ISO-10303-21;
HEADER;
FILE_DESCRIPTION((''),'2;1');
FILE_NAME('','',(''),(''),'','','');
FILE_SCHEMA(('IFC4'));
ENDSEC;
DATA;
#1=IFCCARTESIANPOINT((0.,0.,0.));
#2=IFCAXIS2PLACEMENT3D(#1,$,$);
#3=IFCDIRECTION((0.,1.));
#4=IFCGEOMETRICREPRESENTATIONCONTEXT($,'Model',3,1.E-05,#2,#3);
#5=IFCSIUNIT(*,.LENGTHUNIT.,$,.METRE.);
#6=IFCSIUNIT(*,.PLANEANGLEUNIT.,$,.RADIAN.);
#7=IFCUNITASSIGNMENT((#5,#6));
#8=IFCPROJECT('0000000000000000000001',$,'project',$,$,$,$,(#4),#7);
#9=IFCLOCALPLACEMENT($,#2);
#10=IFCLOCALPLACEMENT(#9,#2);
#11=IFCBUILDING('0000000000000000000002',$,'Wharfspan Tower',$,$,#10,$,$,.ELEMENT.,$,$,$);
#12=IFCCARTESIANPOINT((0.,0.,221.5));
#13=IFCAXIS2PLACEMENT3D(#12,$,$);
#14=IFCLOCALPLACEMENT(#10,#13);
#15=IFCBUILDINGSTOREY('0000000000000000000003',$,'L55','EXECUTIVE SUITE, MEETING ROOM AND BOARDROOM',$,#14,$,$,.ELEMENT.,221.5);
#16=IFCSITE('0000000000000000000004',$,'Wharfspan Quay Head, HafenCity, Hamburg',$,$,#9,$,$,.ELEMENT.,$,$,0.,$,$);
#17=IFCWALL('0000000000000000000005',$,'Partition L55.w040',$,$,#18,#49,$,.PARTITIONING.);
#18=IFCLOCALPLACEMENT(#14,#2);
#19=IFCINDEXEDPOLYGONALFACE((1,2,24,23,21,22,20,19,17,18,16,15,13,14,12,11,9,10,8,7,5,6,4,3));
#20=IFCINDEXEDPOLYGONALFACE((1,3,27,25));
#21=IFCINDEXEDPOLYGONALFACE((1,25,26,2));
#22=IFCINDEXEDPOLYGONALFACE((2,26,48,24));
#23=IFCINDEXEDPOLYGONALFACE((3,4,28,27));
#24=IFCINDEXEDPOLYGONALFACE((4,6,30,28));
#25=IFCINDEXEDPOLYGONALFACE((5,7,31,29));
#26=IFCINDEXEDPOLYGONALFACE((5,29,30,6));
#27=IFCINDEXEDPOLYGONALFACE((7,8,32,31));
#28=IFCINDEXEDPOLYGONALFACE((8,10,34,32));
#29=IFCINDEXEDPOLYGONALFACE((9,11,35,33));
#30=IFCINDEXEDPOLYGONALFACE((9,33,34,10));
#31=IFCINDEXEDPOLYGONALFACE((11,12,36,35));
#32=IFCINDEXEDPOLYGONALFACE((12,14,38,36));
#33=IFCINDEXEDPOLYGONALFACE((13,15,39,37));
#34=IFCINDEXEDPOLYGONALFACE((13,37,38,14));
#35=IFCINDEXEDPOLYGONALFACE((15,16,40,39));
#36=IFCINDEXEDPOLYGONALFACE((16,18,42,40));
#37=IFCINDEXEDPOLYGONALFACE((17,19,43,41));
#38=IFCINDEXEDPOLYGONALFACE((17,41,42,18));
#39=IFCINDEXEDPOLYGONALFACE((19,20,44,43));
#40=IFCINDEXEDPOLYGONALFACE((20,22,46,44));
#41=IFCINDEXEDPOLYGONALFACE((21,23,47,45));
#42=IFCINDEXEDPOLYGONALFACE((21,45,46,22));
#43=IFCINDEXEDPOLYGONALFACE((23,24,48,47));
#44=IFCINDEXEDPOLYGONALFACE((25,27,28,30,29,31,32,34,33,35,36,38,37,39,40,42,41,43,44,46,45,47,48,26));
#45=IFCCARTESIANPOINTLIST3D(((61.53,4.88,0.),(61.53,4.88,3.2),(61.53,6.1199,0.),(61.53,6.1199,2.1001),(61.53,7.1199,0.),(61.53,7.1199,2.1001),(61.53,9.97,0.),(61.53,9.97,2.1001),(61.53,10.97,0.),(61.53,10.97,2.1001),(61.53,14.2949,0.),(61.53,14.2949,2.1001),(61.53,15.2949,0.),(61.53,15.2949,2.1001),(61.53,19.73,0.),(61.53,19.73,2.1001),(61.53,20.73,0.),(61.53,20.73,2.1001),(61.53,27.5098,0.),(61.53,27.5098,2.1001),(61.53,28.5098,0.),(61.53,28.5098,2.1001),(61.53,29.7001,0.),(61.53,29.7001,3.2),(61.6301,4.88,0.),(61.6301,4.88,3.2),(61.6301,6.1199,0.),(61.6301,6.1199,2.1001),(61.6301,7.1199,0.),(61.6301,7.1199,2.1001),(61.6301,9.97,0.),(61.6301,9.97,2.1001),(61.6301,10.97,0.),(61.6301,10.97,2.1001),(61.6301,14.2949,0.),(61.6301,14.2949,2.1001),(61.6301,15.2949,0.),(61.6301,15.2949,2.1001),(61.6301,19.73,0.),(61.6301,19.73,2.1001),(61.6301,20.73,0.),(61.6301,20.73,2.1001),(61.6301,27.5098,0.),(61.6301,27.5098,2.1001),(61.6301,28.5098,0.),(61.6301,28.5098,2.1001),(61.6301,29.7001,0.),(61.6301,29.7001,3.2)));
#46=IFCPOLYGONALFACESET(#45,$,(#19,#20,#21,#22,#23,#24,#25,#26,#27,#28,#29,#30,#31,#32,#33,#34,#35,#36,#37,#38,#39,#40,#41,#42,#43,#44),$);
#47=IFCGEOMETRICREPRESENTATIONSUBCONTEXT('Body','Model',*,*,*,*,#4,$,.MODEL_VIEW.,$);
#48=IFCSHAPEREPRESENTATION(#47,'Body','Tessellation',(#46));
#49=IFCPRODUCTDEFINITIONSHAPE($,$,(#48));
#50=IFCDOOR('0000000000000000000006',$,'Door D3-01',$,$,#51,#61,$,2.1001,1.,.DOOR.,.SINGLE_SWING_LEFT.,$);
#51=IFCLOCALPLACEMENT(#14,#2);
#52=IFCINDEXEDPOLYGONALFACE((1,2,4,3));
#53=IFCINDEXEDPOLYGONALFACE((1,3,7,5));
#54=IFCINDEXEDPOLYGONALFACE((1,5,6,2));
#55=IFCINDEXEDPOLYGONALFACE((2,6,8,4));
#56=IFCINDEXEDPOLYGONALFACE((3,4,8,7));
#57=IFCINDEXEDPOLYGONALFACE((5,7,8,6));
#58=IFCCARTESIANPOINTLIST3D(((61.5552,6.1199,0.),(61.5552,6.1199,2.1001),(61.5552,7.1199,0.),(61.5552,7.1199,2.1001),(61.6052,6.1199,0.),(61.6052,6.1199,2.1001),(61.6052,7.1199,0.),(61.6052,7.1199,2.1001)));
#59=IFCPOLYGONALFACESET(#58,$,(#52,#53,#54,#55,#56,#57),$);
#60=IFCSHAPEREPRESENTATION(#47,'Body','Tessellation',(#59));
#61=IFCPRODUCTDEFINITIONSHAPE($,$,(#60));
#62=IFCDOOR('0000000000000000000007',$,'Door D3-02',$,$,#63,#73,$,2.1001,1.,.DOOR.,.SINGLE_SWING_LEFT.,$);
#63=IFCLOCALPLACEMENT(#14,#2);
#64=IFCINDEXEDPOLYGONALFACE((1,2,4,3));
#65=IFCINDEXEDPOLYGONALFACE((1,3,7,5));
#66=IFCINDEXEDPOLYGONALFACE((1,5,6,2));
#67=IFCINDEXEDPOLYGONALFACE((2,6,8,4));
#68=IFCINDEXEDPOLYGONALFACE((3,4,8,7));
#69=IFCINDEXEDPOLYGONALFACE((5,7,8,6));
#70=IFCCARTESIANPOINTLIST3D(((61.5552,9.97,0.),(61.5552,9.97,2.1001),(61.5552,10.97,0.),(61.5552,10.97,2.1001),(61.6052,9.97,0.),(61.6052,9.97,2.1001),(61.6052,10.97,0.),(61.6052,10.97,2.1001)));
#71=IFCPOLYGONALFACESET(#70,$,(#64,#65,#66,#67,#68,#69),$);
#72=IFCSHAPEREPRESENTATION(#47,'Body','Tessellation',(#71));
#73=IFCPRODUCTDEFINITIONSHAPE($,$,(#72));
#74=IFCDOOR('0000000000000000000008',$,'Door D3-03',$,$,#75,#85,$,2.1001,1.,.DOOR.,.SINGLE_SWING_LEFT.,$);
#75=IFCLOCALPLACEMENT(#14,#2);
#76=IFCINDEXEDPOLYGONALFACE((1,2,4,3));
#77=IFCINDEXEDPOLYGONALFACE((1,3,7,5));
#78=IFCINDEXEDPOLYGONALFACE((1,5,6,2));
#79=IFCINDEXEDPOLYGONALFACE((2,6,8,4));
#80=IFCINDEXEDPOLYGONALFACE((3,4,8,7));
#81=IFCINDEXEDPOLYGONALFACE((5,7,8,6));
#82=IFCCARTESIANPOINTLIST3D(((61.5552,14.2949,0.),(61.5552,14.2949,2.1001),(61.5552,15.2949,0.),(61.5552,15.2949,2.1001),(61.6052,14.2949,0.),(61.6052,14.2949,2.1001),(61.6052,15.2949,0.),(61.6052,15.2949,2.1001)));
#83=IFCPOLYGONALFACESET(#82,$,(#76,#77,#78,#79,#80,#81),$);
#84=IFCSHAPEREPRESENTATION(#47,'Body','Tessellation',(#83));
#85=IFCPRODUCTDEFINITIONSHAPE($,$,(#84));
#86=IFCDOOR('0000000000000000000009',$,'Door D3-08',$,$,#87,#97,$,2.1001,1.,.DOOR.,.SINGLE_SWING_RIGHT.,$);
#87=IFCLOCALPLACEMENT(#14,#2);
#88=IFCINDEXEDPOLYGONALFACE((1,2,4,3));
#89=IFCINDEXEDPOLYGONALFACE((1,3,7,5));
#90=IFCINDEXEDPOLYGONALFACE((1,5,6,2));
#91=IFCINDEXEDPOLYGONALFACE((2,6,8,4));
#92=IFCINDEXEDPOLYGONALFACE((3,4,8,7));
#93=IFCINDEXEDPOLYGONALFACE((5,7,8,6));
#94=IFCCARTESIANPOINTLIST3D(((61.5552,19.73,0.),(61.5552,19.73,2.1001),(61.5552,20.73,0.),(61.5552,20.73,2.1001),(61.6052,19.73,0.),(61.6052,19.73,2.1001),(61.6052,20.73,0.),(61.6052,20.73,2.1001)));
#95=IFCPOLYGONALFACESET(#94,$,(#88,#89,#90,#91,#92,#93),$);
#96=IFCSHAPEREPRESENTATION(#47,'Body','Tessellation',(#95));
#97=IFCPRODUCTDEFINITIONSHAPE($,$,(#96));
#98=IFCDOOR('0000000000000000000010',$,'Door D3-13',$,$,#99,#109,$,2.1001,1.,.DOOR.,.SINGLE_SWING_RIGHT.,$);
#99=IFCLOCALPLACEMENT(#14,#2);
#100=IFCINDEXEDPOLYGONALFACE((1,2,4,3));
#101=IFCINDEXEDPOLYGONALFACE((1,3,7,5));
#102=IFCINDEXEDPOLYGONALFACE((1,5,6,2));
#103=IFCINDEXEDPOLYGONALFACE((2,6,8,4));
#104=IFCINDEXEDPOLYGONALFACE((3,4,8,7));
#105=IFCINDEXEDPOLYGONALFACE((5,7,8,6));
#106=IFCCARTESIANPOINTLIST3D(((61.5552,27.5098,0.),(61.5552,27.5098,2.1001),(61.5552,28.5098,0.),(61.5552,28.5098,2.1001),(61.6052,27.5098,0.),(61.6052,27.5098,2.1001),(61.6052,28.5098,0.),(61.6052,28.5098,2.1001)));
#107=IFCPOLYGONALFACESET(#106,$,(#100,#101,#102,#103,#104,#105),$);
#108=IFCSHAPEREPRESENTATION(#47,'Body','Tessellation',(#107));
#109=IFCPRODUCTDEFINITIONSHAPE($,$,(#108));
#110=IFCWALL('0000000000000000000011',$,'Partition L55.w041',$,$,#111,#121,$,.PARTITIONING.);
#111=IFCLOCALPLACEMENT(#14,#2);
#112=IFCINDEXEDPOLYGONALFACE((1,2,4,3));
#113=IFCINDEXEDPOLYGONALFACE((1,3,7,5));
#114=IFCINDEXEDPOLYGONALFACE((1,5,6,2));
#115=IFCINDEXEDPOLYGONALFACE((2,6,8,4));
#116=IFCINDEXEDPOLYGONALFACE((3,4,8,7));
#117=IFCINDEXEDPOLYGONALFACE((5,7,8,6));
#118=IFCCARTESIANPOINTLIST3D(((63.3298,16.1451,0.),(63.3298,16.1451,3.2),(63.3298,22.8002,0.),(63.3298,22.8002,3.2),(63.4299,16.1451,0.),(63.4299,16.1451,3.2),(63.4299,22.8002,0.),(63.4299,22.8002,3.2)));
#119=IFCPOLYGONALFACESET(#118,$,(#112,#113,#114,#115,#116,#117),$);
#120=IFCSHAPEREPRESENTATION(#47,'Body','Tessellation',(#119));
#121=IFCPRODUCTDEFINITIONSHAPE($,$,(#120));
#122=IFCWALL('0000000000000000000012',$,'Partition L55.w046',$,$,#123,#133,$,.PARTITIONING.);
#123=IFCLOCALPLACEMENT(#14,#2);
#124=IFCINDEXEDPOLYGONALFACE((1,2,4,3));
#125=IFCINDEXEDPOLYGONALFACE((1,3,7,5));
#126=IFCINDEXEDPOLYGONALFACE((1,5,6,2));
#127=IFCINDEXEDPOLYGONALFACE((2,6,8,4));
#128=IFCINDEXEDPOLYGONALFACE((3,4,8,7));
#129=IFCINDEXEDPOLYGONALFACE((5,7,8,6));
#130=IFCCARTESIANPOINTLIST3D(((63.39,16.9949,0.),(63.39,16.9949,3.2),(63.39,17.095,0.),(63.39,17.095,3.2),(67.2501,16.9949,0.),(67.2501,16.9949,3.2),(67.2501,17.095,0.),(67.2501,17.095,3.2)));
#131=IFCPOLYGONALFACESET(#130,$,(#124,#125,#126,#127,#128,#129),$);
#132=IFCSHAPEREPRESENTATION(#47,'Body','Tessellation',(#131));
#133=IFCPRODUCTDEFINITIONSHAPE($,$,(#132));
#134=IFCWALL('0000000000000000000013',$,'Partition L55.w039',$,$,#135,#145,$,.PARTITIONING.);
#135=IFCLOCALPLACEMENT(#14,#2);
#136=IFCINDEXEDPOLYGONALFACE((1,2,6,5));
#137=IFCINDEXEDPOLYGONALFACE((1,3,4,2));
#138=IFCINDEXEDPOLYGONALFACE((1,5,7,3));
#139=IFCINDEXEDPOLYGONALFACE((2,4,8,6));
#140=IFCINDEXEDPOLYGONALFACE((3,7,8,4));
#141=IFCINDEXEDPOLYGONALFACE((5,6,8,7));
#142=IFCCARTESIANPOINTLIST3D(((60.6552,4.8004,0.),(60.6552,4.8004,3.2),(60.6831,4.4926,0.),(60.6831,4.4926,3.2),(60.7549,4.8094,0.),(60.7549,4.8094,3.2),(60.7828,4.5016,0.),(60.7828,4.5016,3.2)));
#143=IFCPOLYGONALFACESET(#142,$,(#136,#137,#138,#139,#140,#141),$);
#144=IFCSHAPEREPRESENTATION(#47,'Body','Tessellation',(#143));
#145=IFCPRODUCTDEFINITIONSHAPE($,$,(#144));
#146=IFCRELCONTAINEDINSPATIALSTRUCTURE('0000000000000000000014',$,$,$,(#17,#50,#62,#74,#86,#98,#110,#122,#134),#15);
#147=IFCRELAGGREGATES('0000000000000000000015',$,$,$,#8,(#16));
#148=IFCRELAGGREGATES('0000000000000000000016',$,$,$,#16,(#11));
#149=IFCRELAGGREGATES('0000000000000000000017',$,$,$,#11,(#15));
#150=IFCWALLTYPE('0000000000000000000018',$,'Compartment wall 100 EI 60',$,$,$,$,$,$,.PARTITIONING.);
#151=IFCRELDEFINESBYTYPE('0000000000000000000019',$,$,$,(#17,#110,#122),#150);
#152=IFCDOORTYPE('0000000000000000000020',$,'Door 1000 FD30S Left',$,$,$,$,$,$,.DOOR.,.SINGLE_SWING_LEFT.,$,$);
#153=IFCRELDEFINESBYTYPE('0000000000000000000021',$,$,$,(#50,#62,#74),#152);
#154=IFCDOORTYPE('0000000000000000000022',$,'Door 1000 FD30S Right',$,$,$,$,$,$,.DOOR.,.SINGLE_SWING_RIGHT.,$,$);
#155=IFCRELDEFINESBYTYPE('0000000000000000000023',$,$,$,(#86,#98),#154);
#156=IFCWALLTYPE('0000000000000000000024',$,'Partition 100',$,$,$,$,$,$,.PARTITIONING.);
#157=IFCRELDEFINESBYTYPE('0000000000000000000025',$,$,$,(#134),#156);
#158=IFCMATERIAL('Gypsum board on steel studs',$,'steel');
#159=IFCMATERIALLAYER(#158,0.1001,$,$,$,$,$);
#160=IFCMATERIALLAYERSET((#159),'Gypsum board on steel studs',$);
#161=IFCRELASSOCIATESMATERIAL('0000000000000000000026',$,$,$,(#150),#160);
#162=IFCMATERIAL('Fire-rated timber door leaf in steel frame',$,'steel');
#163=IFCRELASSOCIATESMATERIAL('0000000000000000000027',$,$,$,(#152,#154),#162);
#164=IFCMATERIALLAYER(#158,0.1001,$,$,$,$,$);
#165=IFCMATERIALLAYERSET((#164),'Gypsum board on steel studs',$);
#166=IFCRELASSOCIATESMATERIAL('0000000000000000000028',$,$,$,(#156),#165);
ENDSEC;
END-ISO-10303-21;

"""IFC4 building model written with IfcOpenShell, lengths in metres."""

from ifc_helpers import new_model, si_unit, direction, frame, frame_2d, origin, place, context, subcontext, project, spatial, rectangle, extrude, material, layer, layer_set, type_object, element, fill, save


model = new_model("IFC4")

# Units and contexts
model_context = context("Model", 3, precision=1e-05, world=origin(), true_north=direction((0.0, 1.0)))
body_context = subcontext(model_context, "Body", "Model", "MODEL_VIEW")
ifc_project = project(units=[si_unit("LENGTHUNIT", "METRE"), si_unit("PLANEANGLEUNIT", "RADIAN")], contexts=[model_context])

# Site, building, storey
site_placement = place(None, origin())
site = spatial("IfcSite", under=ifc_project, at=site_placement, Name="Wharfspan Quay Head, HafenCity, Hamburg", CompositionType="ELEMENT", RefElevation=0.0)
building_placement = place(site_placement, origin())
building = spatial("IfcBuilding", under=site, at=building_placement, Name="Wharfspan Tower", CompositionType="ELEMENT")
storey_placement = place(building_placement, frame((0.0, 0.0, 221.5)))
storey = spatial("IfcBuildingStorey", under=building, at=storey_placement, Name="L55", Description="EXECUTIVE SUITE, MEETING ROOM AND BOARDROOM", CompositionType="ELEMENT", Elevation=221.5)

# Shared definitions
ifc_material_1 = material(Name="Gypsum board on steel studs", Category="steel")
ifc_layer_1 = layer(ifc_material_1, 0.1001)
ifc_layer_set_1 = layer_set([ifc_layer_1], Name="Gypsum board on steel studs")
wall_type_1 = type_object("IfcWallType", Name="Compartment wall 100 EI 60", PredefinedType="PARTITIONING", material=ifc_layer_set_1)

# Wall, openings, doors
wall_1_placement = place(storey_placement, frame((61.5801, 4.8799, 0.0), z_axis=(0.0, 0.0, 1.0), x_axis=(0.0, 1.0, 0.0)))
wall_1 = element("IfcWall", 1, at=wall_1_placement, inside=storey, type_object=wall_type_1, Name="Partition L55.w040", PredefinedType="PARTITIONING", context=body_context, shape_type="SweptSolid", body=[
    extrude(rectangle(XDim=24.8201, YDim=0.1001, at=frame_2d((12.4102, 0.0))), origin(), (0.0, 0.0, 1.0), 3.2),
])
opening_1_placement = place(wall_1_placement, frame((1.24, 0.0, 0.0)))
opening_1 = element("IfcOpeningElement", 2, at=opening_1_placement, cuts=wall_1, PredefinedType="OPENING", context=body_context, shape_type="SweptSolid", body=[
    extrude(rectangle(XDim=1.0, YDim=2.1001, at=frame_2d((0.5, 1.05))), frame((0.0, 0.0601, 0.0), z_axis=(0.0, -1.0, 0.0), x_axis=(1.0, 0.0, 0.0)), (0.0, 0.0, 1.0), 0.1201),
])
opening_2_placement = place(wall_1_placement, frame((5.0901, 0.0, 0.0)))
opening_2 = element("IfcOpeningElement", 3, at=opening_2_placement, cuts=wall_1, PredefinedType="OPENING", context=body_context, shape_type="SweptSolid", body=[
    extrude(rectangle(XDim=1.0, YDim=2.1001, at=frame_2d((0.5, 1.05))), frame((0.0, 0.0601, 0.0), z_axis=(0.0, -1.0, 0.0), x_axis=(1.0, 0.0, 0.0)), (0.0, 0.0, 1.0), 0.1201),
])
opening_3_placement = place(wall_1_placement, frame((9.415, 0.0, 0.0)))
opening_3 = element("IfcOpeningElement", 4, at=opening_3_placement, cuts=wall_1, PredefinedType="OPENING", context=body_context, shape_type="SweptSolid", body=[
    extrude(rectangle(XDim=1.0, YDim=2.1001, at=frame_2d((0.5, 1.05))), frame((0.0, 0.0601, 0.0), z_axis=(0.0, -1.0, 0.0), x_axis=(1.0, 0.0, 0.0)), (0.0, 0.0, 1.0), 0.1201),
])
opening_4_placement = place(wall_1_placement, frame((14.8501, 0.0, 0.0)))
opening_4 = element("IfcOpeningElement", 5, at=opening_4_placement, cuts=wall_1, PredefinedType="OPENING", context=body_context, shape_type="SweptSolid", body=[
    extrude(rectangle(XDim=1.0, YDim=2.1001, at=frame_2d((0.5, 1.05))), frame((0.0, 0.0601, 0.0), z_axis=(0.0, -1.0, 0.0), x_axis=(1.0, 0.0, 0.0)), (0.0, 0.0, 1.0), 0.1201),
])
opening_5_placement = place(wall_1_placement, frame((22.6299, 0.0, 0.0)))
opening_5 = element("IfcOpeningElement", 6, at=opening_5_placement, cuts=wall_1, PredefinedType="OPENING", context=body_context, shape_type="SweptSolid", body=[
    extrude(rectangle(XDim=1.0, YDim=2.1001, at=frame_2d((0.5, 1.05))), frame((0.0, 0.0601, 0.0), z_axis=(0.0, -1.0, 0.0), x_axis=(1.0, 0.0, 0.0)), (0.0, 0.0, 1.0), 0.1201),
])
ifc_material_2 = material(Name="Fire-rated timber door leaf in steel frame", Category="steel")
door_type_1 = type_object("IfcDoorType", Name="Door 1000 FD30S Left", OperationType="SINGLE_SWING_LEFT", PredefinedType="DOOR", material=ifc_material_2)
door_1_placement = place(opening_1_placement, origin())
door_1 = element("IfcDoor", 7, at=door_1_placement, inside=storey, type_object=door_type_1, Name="Door D3-01", OperationType="SINGLE_SWING_LEFT", OverallHeight=2.1001, OverallWidth=1.0, PredefinedType="DOOR", context=body_context, shape_type="SweptSolid", body=[
    extrude(rectangle(XDim=1.0, YDim=2.1001, at=frame_2d((0.5, 1.05))), frame((0.0, 0.0249, 0.0), z_axis=(0.0, -1.0, 0.0), x_axis=(1.0, 0.0, 0.0)), (0.0, 0.0, 1.0), 0.05),
])
fill(opening_1, door_1)
door_2_placement = place(opening_2_placement, origin())
door_2 = element("IfcDoor", 8, at=door_2_placement, inside=storey, type_object=door_type_1, Name="Door D3-02", OperationType="SINGLE_SWING_LEFT", OverallHeight=2.1001, OverallWidth=1.0, PredefinedType="DOOR", context=body_context, shape_type="SweptSolid", body=[
    extrude(rectangle(XDim=1.0, YDim=2.1001, at=frame_2d((0.5, 1.05))), frame((0.0, 0.0249, 0.0), z_axis=(0.0, -1.0, 0.0), x_axis=(1.0, 0.0, 0.0)), (0.0, 0.0, 1.0), 0.05),
])
fill(opening_2, door_2)
door_3_placement = place(opening_3_placement, origin())
door_3 = element("IfcDoor", 9, at=door_3_placement, inside=storey, type_object=door_type_1, Name="Door D3-03", OperationType="SINGLE_SWING_LEFT", OverallHeight=2.1001, OverallWidth=1.0, PredefinedType="DOOR", context=body_context, shape_type="SweptSolid", body=[
    extrude(rectangle(XDim=1.0, YDim=2.1001, at=frame_2d((0.5, 1.05))), frame((0.0, 0.0249, 0.0), z_axis=(0.0, -1.0, 0.0), x_axis=(1.0, 0.0, 0.0)), (0.0, 0.0, 1.0), 0.05),
])
fill(opening_3, door_3)
door_type_2 = type_object("IfcDoorType", Name="Door 1000 FD30S Right", OperationType="SINGLE_SWING_RIGHT", PredefinedType="DOOR", material=ifc_material_2)
door_4_placement = place(opening_4_placement, origin())
door_4 = element("IfcDoor", 10, at=door_4_placement, inside=storey, type_object=door_type_2, Name="Door D3-08", OperationType="SINGLE_SWING_RIGHT", OverallHeight=2.1001, OverallWidth=1.0, PredefinedType="DOOR", context=body_context, shape_type="SweptSolid", body=[
    extrude(rectangle(XDim=1.0, YDim=2.1001, at=frame_2d((0.5, 1.05))), frame((0.0, 0.0249, 0.0), z_axis=(0.0, -1.0, 0.0), x_axis=(1.0, 0.0, 0.0)), (0.0, 0.0, 1.0), 0.05),
])
fill(opening_4, door_4)
door_5_placement = place(opening_5_placement, origin())
door_5 = element("IfcDoor", 11, at=door_5_placement, inside=storey, type_object=door_type_2, Name="Door D3-13", OperationType="SINGLE_SWING_RIGHT", OverallHeight=2.1001, OverallWidth=1.0, PredefinedType="DOOR", context=body_context, shape_type="SweptSolid", body=[
    extrude(rectangle(XDim=1.0, YDim=2.1001, at=frame_2d((0.5, 1.05))), frame((0.0, 0.0249, 0.0), z_axis=(0.0, -1.0, 0.0), x_axis=(1.0, 0.0, 0.0)), (0.0, 0.0, 1.0), 0.05),
])
fill(opening_5, door_5)

# Walls
wall_2_placement = place(storey_placement, frame((63.3799, 16.145, 0.0), z_axis=(0.0, 0.0, 1.0), x_axis=(0.0, 1.0, 0.0)))
element("IfcWall", 12, at=wall_2_placement, inside=storey, type_object=wall_type_1, Name="Partition L55.w041", PredefinedType="PARTITIONING", context=body_context, shape_type="SweptSolid", body=[
    extrude(rectangle(XDim=6.655, YDim=0.1001, at=frame_2d((3.3276, 0.0))), origin(), (0.0, 0.0, 1.0), 3.2),
])
wall_3_placement = place(storey_placement, frame((63.3899, 17.0449, 0.0), z_axis=(0.0, 0.0, 1.0), x_axis=(1.0, 0.0, 0.0)))
element("IfcWall", 13, at=wall_3_placement, inside=storey, type_object=wall_type_1, Name="Partition L55.w046", PredefinedType="PARTITIONING", context=body_context, shape_type="SweptSolid", body=[
    extrude(rectangle(XDim=3.8601, YDim=0.1001, at=frame_2d((1.9302, 0.0))), origin(), (0.0, 0.0, 1.0), 3.2),
])
ifc_layer_2 = layer(ifc_material_1, 0.1001)
ifc_layer_set_2 = layer_set([ifc_layer_2], Name="Gypsum board on steel studs")
wall_type_2 = type_object("IfcWallType", Name="Partition 100", PredefinedType="PARTITIONING", material=ifc_layer_set_2)
wall_4_placement = place(storey_placement, frame((60.7329, 4.4971, 0.0), z_axis=(0.0, 0.0, 1.0), x_axis=(-0.090037, 0.995936, 0.0)))
element("IfcWall", 14, at=wall_4_placement, inside=storey, type_object=wall_type_2, Name="Partition L55.w039", PredefinedType="PARTITIONING", context=body_context, shape_type="SweptSolid", body=[
    extrude(rectangle(XDim=0.3091, YDim=0.1001, at=frame_2d((0.1545, 0.0))), origin(), (0.0, 0.0, 1.0), 3.2),
])

save(model, "model.ifc")
